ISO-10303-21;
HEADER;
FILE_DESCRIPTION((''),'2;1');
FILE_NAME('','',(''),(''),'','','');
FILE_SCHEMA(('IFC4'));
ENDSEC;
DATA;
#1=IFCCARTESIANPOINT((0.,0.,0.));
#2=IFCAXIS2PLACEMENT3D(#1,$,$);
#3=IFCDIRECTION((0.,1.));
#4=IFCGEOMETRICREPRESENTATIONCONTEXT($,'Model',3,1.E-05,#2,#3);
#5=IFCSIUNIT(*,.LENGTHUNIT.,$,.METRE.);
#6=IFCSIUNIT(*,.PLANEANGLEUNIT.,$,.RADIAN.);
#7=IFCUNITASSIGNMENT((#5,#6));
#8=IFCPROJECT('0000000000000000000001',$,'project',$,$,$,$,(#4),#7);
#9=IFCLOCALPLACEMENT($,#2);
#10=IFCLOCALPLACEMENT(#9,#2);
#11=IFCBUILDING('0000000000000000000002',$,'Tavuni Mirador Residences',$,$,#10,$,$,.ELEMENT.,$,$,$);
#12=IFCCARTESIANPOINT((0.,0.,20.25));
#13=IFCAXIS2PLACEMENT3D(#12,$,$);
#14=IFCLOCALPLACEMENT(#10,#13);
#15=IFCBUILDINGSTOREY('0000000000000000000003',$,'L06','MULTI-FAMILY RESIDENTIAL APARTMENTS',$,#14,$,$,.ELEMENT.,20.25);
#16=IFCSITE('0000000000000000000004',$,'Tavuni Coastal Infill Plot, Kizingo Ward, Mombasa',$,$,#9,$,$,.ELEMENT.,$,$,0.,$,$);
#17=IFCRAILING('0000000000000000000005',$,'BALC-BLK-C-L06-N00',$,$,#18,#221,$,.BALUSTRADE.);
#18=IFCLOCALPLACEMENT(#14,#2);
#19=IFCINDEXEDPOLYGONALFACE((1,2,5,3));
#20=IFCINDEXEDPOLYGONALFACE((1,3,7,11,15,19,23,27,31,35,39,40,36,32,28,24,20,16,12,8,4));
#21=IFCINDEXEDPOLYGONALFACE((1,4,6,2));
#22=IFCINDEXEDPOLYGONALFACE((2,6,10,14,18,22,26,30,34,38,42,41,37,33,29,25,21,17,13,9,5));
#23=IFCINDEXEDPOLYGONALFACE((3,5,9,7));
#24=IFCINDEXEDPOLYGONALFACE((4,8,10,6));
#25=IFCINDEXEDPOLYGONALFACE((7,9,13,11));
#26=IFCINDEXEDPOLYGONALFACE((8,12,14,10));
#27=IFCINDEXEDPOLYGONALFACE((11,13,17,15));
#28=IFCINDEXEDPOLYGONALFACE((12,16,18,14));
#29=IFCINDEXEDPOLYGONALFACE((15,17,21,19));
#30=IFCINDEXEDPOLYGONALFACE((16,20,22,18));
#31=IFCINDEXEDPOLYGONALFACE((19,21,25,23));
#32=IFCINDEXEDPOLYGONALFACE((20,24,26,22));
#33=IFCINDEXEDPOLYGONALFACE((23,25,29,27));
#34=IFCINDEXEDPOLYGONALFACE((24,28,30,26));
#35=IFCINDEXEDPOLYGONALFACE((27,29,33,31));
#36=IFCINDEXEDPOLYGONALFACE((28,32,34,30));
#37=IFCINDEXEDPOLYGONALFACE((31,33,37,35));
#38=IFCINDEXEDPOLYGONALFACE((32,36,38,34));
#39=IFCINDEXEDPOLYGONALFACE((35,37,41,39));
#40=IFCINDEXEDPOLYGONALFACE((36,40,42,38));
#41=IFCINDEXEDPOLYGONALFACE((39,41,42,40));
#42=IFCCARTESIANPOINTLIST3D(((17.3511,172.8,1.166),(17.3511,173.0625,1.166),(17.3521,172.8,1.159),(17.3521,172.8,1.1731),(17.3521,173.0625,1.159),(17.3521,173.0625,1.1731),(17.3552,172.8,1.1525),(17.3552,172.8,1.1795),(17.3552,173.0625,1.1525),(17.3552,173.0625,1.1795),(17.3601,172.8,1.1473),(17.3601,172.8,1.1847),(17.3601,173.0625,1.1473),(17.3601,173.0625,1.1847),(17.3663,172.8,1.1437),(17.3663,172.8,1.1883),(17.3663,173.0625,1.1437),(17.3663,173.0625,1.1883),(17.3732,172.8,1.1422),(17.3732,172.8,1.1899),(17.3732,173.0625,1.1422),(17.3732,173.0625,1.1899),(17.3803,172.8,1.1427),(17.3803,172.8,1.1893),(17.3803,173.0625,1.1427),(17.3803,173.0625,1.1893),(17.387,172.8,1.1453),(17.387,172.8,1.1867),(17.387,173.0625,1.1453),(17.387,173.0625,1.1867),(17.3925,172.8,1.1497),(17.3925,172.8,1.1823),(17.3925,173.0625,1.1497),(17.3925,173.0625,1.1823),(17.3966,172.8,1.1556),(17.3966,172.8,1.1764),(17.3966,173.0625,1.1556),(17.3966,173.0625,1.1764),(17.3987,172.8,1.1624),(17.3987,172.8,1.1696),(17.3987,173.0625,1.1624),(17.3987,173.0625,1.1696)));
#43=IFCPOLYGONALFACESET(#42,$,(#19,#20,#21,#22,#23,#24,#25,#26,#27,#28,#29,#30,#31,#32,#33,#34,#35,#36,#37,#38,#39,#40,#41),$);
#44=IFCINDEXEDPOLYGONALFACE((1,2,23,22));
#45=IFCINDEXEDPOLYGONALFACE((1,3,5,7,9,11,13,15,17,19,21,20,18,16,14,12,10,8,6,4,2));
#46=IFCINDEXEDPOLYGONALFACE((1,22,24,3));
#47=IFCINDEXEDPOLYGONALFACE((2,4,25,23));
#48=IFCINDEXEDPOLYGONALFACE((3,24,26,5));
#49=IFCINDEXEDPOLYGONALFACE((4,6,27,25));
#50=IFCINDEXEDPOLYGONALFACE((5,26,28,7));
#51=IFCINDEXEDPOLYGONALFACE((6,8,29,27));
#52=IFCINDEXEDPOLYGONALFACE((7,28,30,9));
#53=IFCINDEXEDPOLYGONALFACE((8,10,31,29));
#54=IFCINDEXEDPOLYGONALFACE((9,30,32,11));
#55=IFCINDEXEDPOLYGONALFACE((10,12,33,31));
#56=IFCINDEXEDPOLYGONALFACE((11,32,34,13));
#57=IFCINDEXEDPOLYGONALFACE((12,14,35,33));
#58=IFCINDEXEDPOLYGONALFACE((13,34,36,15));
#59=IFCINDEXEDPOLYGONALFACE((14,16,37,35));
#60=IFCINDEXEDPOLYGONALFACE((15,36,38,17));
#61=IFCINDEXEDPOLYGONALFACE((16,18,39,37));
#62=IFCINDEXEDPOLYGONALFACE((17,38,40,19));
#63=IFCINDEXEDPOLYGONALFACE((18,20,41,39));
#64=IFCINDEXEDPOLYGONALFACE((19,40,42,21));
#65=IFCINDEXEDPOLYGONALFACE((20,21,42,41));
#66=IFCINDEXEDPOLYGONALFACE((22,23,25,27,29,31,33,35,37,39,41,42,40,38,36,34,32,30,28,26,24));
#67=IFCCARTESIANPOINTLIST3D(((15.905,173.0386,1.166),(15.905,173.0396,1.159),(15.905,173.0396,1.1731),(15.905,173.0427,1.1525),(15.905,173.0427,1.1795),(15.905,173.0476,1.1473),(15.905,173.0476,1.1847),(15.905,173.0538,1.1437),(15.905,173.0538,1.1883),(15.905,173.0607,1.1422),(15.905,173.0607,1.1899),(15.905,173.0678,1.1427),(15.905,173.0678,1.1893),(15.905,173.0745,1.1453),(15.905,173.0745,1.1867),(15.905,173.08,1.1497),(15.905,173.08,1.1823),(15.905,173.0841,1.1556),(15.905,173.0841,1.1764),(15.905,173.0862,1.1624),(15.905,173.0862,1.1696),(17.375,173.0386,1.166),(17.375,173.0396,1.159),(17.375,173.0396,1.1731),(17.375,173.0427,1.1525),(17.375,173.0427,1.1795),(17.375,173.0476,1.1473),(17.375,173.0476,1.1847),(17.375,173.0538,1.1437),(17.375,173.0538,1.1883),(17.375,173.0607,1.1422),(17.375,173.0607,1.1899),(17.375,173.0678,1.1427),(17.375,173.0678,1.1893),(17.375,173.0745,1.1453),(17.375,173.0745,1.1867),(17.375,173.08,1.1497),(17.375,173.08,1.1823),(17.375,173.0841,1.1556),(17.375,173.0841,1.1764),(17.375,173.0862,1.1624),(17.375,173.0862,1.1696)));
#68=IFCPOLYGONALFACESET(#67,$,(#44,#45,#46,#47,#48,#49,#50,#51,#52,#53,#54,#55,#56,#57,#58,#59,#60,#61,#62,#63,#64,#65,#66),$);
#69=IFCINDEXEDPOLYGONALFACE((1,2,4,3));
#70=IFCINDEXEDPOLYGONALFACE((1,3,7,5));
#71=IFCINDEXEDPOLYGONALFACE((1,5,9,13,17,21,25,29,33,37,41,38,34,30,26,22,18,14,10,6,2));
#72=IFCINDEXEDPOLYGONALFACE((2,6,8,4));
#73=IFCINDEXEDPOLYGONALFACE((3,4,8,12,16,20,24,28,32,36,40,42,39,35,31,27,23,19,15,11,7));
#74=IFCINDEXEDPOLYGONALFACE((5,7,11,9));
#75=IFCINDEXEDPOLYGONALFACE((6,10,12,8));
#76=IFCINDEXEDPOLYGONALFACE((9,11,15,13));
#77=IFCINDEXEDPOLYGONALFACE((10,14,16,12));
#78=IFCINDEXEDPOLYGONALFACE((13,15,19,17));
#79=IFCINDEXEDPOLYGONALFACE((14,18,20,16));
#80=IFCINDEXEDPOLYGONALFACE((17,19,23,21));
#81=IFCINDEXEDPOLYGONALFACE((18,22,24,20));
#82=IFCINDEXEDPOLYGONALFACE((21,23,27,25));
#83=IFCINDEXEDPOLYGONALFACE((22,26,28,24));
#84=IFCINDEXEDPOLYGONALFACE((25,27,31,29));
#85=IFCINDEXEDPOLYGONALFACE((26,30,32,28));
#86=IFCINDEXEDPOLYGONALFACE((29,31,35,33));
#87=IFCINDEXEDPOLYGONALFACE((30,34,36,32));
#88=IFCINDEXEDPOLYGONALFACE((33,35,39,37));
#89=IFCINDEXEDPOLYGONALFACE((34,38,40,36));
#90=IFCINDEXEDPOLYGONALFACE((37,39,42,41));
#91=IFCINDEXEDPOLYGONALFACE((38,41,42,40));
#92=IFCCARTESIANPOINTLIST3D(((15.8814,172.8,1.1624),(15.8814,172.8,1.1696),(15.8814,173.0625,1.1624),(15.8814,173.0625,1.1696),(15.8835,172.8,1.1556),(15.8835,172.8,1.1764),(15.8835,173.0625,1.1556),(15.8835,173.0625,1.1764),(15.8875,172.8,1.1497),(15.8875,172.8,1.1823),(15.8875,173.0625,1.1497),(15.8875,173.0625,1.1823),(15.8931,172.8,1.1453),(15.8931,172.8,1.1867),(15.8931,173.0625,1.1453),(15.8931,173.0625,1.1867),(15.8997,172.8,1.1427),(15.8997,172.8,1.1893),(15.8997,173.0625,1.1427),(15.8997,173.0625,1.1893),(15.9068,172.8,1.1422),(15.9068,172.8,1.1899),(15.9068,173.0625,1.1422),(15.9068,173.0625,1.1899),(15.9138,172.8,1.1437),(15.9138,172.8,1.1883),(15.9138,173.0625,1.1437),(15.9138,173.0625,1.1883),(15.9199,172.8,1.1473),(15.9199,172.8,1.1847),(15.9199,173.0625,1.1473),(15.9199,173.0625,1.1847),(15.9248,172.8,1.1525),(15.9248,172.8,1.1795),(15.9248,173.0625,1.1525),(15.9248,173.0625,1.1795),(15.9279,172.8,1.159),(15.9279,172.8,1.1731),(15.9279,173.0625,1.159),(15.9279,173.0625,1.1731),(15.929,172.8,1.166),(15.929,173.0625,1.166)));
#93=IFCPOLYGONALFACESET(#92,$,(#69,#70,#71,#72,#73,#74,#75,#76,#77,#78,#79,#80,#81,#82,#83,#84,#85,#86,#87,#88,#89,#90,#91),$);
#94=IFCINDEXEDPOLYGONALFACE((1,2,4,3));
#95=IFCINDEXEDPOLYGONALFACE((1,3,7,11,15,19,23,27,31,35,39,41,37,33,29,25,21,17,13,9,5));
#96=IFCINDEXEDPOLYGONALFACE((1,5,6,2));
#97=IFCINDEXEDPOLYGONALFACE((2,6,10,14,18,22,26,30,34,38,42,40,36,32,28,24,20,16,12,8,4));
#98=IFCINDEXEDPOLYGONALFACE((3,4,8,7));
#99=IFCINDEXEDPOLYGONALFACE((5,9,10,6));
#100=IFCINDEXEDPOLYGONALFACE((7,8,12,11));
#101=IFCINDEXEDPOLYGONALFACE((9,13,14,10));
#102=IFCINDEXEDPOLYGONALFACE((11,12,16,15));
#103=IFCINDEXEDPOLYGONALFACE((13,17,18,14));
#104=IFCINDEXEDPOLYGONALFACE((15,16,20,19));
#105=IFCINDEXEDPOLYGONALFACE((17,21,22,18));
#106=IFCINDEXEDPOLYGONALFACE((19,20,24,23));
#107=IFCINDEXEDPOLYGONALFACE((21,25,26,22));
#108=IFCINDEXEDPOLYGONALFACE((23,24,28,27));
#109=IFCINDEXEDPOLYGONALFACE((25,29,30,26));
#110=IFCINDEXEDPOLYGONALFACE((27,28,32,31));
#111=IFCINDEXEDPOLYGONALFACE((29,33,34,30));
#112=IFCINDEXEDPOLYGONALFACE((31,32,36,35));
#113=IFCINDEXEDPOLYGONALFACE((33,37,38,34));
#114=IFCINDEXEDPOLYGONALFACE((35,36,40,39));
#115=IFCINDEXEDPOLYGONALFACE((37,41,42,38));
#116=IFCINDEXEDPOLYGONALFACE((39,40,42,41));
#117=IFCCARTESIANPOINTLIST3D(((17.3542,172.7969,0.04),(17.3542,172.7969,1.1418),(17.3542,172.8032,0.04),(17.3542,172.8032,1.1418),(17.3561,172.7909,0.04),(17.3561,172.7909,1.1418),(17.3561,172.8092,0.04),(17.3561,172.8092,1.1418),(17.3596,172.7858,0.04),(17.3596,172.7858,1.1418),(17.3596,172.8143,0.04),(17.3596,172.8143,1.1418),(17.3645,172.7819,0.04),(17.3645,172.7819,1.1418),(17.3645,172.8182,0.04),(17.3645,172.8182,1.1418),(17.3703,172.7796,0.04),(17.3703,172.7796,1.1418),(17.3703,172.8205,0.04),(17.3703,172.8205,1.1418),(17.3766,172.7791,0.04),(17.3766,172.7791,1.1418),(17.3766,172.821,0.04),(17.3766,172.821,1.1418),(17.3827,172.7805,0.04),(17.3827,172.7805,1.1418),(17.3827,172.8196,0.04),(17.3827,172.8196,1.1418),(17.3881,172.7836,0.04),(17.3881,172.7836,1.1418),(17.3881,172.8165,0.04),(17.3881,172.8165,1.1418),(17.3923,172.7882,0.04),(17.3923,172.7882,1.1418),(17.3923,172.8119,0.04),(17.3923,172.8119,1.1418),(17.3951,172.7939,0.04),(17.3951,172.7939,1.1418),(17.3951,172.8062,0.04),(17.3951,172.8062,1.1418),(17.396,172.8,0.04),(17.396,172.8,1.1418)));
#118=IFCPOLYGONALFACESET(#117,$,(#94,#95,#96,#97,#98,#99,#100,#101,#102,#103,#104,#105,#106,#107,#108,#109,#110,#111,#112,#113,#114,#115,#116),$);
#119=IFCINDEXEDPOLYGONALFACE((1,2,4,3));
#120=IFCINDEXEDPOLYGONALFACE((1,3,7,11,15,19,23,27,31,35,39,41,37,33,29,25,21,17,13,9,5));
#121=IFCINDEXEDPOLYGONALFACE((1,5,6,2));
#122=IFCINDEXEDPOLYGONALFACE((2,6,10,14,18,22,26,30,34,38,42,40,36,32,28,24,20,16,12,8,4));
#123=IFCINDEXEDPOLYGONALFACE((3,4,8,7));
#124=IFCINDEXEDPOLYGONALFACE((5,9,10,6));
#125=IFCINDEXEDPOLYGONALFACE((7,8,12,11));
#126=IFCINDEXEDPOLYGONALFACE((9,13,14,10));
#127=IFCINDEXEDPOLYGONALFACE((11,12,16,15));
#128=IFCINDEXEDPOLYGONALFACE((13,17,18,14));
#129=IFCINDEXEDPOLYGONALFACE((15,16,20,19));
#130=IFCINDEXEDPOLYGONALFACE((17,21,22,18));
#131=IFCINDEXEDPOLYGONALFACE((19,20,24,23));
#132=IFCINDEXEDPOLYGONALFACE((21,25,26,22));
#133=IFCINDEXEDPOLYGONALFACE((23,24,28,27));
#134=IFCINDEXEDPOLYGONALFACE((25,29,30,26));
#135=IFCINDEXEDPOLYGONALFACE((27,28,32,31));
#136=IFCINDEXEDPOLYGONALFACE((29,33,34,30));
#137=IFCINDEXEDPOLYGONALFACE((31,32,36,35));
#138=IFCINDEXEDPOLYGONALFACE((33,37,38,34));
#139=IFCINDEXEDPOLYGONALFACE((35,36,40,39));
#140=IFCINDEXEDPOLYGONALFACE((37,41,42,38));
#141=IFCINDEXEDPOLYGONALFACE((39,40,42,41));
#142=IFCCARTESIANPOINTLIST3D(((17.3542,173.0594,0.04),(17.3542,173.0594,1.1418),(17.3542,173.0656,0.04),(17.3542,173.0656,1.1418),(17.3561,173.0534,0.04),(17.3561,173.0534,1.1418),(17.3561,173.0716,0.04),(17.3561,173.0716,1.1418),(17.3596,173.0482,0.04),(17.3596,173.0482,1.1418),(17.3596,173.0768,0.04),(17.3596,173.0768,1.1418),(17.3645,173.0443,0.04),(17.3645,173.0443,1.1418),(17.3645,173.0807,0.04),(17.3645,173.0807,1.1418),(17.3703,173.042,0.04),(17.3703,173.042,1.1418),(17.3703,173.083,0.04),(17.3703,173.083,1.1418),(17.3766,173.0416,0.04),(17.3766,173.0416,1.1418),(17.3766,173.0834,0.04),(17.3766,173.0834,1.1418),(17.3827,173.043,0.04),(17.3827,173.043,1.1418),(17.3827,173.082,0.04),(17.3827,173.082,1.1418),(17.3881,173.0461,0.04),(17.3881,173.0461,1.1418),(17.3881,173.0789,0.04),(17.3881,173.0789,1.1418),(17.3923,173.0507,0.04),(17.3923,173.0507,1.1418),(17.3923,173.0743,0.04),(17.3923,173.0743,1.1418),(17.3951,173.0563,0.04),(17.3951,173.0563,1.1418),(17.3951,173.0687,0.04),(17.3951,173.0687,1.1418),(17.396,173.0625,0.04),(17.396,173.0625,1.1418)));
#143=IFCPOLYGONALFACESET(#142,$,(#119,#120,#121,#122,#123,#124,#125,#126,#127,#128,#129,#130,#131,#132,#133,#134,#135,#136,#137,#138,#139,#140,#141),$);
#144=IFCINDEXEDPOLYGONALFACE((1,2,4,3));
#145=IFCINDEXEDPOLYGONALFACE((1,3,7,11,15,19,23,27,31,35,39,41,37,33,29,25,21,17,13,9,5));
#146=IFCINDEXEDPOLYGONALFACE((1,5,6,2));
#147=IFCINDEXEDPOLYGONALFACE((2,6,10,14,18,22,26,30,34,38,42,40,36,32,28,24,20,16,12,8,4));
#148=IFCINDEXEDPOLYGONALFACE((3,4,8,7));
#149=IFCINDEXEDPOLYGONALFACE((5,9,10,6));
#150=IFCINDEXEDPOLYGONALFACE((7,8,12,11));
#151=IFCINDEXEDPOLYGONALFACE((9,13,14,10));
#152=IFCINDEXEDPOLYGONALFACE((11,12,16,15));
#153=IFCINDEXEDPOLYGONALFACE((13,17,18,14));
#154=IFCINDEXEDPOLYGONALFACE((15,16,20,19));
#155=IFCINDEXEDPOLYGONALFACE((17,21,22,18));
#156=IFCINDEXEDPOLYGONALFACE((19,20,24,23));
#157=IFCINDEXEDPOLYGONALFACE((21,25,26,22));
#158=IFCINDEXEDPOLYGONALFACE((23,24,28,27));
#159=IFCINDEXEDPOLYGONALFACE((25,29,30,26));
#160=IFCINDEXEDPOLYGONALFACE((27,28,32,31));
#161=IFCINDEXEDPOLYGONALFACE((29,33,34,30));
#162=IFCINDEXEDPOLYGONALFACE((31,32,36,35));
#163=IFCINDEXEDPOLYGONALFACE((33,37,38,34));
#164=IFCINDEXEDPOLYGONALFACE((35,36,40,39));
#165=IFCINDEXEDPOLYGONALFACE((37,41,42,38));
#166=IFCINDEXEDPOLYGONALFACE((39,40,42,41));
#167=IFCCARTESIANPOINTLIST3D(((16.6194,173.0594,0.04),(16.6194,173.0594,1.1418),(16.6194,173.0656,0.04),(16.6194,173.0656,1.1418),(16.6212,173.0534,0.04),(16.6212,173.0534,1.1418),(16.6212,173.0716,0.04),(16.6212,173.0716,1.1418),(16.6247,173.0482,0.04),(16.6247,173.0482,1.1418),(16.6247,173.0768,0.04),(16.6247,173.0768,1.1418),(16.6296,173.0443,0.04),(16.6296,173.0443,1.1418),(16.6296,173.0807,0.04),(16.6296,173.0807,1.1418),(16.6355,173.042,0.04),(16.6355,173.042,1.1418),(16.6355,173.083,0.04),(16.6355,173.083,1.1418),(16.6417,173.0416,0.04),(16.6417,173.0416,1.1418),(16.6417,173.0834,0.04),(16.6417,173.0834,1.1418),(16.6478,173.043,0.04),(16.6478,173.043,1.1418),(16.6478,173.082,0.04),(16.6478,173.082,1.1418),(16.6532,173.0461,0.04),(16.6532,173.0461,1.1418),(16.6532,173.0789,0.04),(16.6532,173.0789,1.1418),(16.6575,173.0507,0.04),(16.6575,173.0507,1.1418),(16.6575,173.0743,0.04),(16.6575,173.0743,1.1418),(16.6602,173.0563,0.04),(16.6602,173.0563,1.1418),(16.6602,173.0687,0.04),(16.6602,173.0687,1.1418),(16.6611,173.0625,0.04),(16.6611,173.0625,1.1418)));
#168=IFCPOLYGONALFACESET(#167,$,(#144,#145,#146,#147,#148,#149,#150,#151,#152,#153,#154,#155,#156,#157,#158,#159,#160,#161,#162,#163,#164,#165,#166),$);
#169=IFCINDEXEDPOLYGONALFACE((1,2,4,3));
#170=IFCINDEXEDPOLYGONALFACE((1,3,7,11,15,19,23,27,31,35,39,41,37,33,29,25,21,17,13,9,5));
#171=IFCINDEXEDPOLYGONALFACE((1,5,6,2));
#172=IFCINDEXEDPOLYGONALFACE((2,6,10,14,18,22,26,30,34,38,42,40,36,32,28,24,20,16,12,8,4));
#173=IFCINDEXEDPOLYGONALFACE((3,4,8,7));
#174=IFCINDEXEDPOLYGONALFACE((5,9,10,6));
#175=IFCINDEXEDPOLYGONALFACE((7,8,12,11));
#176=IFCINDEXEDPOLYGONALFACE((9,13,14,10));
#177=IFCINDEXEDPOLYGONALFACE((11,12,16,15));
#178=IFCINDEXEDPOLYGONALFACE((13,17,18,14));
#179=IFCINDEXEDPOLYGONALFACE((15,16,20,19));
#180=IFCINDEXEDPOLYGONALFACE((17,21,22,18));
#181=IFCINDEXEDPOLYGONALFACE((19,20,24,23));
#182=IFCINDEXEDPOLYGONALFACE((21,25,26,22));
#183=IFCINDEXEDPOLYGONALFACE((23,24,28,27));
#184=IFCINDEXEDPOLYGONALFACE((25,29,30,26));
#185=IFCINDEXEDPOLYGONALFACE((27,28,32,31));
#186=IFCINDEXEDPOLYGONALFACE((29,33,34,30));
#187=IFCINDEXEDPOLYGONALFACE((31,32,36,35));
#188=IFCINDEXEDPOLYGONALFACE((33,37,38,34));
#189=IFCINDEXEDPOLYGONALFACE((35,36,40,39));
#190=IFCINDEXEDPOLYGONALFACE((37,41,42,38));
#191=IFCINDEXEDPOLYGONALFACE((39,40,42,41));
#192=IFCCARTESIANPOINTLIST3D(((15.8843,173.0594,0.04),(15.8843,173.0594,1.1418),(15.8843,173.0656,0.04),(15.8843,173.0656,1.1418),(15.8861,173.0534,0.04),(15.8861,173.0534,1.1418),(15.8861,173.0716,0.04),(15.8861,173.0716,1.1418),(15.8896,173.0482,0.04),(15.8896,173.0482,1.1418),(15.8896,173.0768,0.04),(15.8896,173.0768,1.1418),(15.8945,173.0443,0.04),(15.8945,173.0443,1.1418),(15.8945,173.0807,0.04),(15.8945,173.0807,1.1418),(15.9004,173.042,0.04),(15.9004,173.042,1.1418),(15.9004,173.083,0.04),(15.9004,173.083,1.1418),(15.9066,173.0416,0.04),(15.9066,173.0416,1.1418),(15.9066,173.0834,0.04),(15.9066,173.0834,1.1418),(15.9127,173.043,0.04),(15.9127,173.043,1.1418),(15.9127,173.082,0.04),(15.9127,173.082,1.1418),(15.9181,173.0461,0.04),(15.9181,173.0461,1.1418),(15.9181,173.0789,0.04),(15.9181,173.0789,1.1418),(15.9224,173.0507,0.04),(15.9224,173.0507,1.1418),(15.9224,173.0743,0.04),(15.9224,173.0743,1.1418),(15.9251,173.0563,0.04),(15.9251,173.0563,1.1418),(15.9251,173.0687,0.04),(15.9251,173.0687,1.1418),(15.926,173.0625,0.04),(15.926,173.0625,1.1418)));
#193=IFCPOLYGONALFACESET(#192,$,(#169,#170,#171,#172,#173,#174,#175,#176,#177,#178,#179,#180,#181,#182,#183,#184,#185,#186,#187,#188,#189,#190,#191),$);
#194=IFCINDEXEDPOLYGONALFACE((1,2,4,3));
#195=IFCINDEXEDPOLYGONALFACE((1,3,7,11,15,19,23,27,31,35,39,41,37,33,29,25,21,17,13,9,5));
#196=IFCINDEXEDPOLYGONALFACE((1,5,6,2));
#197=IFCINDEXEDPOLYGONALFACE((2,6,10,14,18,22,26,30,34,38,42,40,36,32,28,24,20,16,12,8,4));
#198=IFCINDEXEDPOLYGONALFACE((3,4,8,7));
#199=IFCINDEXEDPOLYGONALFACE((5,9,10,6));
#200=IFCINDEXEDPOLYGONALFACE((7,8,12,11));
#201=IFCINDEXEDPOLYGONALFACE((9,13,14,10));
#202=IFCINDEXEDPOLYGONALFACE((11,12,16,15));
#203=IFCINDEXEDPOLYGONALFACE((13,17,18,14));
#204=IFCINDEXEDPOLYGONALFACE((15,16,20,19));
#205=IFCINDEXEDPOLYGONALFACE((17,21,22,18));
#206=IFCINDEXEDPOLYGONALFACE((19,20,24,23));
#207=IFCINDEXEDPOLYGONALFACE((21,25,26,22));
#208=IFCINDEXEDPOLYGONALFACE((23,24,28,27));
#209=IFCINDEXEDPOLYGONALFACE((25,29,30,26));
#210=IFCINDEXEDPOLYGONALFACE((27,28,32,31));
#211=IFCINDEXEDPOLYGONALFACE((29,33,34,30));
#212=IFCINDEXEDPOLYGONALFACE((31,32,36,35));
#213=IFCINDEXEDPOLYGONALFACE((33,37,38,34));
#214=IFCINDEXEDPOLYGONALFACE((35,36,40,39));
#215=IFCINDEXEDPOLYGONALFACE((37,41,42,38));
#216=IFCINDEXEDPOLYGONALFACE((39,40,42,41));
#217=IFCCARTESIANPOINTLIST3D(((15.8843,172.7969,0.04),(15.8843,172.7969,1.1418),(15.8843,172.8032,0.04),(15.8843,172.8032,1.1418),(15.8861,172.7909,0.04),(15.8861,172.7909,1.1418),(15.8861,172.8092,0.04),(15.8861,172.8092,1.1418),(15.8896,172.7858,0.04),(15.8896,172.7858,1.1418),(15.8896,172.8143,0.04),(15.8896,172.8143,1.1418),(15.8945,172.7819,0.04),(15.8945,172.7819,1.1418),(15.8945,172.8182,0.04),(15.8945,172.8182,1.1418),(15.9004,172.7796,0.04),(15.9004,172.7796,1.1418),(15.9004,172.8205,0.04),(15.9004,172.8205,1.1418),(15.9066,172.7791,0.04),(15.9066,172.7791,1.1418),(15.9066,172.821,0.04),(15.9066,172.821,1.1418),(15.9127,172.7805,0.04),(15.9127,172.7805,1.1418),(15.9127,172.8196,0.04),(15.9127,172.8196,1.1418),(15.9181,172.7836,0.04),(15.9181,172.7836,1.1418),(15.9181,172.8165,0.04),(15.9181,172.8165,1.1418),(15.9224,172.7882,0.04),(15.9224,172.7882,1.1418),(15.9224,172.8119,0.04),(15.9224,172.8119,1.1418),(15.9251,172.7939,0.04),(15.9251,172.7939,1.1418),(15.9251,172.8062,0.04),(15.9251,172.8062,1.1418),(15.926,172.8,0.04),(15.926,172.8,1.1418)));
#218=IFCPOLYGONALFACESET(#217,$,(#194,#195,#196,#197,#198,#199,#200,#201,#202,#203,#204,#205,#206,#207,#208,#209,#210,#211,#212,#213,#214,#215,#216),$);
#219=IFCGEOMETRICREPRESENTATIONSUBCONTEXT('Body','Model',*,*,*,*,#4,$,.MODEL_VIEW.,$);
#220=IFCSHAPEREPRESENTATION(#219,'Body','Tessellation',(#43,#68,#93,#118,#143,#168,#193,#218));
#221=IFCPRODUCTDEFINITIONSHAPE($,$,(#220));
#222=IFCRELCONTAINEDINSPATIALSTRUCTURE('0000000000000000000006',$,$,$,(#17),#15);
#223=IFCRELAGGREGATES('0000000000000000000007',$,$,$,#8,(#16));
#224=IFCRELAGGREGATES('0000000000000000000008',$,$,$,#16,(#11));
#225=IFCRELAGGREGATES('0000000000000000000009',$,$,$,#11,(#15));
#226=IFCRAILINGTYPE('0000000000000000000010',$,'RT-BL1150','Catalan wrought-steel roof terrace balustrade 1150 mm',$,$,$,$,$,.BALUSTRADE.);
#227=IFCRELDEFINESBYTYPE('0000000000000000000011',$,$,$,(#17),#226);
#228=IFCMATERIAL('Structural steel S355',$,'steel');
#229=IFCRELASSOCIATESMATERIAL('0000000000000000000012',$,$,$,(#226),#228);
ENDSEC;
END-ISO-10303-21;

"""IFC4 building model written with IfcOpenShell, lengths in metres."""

from ifc_helpers import new_model, si_unit, direction, frame, origin, origin_2d, place, context, subcontext, project, spatial, circle, extrude, material, type_object, element, save


model = new_model("IFC4")

# Units and contexts
model_context = context("Model", 3, precision=1e-05, world=origin(), true_north=direction((0.0, 1.0)))
body_context = subcontext(model_context, "Body", "Model", "MODEL_VIEW")
ifc_project = project(units=[si_unit("LENGTHUNIT", "METRE"), si_unit("PLANEANGLEUNIT", "RADIAN")], contexts=[model_context])

# Site, building, storey
site_placement = place(None, origin())
site = spatial("IfcSite", under=ifc_project, at=site_placement, Name="Tavuni Coastal Infill Plot, Kizingo Ward, Mombasa", CompositionType="ELEMENT", RefElevation=0.0)
building_placement = place(site_placement, origin())
building = spatial("IfcBuilding", under=site, at=building_placement, Name="Tavuni Mirador Residences", CompositionType="ELEMENT")
storey_placement = place(building_placement, frame((0.0, 0.0, 20.25)))
storey = spatial("IfcBuildingStorey", under=building, at=storey_placement, Name="L06", Description="MULTI-FAMILY RESIDENTIAL APARTMENTS", CompositionType="ELEMENT", Elevation=20.25)

# Shared definitions
ifc_material_1 = material(Name="Structural steel S355", Category="steel")

# Railing
railing_type = type_object("IfcRailingType", Name="RT-BL1150", Description="Catalan wrought-steel roof terrace balustrade 1150 mm", PredefinedType="BALUSTRADE", material=ifc_material_1)
railing_placement = place(storey_placement, frame((17.375, 172.8, 0.04)))
element("IfcRailing", 1, at=railing_placement, inside=storey, type_object=railing_type, Name="BALC-BLK-C-L06-N00", PredefinedType="BALUSTRADE", context=body_context, shape_type="SweptSolid", body=[
    extrude(circle(Radius=0.0239, at=origin_2d()), frame((0.0, 0.0, 1.126), z_axis=(0.0, 1.0, 0.0), x_axis=(-1.0, 0.0, 0.0)), (0.0, 0.0, 1.0), 0.2625),
    extrude(circle(Radius=0.0239, at=origin_2d()), frame((0.0, 0.2625, 1.126), z_axis=(-1.0, 0.0, 0.0), x_axis=(0.0, -1.0, 0.0)), (0.0, 0.0, 1.0), 1.47),
    extrude(circle(Radius=0.0239, at=origin_2d()), frame((-1.47, 0.2625, 1.126), z_axis=(0.0, -1.0, 0.0), x_axis=(1.0, 0.0, 0.0)), (0.0, 0.0, 1.0), 0.2625),
    extrude(circle(Radius=0.021, at=origin_2d()), origin(), (0.0, 0.0, 1.0), 1.1018),
    extrude(circle(Radius=0.021, at=origin_2d()), frame((0.0, 0.2625, 0.0)), (0.0, 0.0, 1.0), 1.1018),
    extrude(circle(Radius=0.021, at=origin_2d()), frame((-0.7349, 0.2625, 0.0)), (0.0, 0.0, 1.0), 1.1018),
    extrude(circle(Radius=0.021, at=origin_2d()), frame((-1.47, 0.2625, 0.0)), (0.0, 0.0, 1.0), 1.1018),
    extrude(circle(Radius=0.021, at=origin_2d()), frame((-1.47, 0.0, 0.0)), (0.0, 0.0, 1.0), 1.1018),
])

save(model, "model.ifc")
